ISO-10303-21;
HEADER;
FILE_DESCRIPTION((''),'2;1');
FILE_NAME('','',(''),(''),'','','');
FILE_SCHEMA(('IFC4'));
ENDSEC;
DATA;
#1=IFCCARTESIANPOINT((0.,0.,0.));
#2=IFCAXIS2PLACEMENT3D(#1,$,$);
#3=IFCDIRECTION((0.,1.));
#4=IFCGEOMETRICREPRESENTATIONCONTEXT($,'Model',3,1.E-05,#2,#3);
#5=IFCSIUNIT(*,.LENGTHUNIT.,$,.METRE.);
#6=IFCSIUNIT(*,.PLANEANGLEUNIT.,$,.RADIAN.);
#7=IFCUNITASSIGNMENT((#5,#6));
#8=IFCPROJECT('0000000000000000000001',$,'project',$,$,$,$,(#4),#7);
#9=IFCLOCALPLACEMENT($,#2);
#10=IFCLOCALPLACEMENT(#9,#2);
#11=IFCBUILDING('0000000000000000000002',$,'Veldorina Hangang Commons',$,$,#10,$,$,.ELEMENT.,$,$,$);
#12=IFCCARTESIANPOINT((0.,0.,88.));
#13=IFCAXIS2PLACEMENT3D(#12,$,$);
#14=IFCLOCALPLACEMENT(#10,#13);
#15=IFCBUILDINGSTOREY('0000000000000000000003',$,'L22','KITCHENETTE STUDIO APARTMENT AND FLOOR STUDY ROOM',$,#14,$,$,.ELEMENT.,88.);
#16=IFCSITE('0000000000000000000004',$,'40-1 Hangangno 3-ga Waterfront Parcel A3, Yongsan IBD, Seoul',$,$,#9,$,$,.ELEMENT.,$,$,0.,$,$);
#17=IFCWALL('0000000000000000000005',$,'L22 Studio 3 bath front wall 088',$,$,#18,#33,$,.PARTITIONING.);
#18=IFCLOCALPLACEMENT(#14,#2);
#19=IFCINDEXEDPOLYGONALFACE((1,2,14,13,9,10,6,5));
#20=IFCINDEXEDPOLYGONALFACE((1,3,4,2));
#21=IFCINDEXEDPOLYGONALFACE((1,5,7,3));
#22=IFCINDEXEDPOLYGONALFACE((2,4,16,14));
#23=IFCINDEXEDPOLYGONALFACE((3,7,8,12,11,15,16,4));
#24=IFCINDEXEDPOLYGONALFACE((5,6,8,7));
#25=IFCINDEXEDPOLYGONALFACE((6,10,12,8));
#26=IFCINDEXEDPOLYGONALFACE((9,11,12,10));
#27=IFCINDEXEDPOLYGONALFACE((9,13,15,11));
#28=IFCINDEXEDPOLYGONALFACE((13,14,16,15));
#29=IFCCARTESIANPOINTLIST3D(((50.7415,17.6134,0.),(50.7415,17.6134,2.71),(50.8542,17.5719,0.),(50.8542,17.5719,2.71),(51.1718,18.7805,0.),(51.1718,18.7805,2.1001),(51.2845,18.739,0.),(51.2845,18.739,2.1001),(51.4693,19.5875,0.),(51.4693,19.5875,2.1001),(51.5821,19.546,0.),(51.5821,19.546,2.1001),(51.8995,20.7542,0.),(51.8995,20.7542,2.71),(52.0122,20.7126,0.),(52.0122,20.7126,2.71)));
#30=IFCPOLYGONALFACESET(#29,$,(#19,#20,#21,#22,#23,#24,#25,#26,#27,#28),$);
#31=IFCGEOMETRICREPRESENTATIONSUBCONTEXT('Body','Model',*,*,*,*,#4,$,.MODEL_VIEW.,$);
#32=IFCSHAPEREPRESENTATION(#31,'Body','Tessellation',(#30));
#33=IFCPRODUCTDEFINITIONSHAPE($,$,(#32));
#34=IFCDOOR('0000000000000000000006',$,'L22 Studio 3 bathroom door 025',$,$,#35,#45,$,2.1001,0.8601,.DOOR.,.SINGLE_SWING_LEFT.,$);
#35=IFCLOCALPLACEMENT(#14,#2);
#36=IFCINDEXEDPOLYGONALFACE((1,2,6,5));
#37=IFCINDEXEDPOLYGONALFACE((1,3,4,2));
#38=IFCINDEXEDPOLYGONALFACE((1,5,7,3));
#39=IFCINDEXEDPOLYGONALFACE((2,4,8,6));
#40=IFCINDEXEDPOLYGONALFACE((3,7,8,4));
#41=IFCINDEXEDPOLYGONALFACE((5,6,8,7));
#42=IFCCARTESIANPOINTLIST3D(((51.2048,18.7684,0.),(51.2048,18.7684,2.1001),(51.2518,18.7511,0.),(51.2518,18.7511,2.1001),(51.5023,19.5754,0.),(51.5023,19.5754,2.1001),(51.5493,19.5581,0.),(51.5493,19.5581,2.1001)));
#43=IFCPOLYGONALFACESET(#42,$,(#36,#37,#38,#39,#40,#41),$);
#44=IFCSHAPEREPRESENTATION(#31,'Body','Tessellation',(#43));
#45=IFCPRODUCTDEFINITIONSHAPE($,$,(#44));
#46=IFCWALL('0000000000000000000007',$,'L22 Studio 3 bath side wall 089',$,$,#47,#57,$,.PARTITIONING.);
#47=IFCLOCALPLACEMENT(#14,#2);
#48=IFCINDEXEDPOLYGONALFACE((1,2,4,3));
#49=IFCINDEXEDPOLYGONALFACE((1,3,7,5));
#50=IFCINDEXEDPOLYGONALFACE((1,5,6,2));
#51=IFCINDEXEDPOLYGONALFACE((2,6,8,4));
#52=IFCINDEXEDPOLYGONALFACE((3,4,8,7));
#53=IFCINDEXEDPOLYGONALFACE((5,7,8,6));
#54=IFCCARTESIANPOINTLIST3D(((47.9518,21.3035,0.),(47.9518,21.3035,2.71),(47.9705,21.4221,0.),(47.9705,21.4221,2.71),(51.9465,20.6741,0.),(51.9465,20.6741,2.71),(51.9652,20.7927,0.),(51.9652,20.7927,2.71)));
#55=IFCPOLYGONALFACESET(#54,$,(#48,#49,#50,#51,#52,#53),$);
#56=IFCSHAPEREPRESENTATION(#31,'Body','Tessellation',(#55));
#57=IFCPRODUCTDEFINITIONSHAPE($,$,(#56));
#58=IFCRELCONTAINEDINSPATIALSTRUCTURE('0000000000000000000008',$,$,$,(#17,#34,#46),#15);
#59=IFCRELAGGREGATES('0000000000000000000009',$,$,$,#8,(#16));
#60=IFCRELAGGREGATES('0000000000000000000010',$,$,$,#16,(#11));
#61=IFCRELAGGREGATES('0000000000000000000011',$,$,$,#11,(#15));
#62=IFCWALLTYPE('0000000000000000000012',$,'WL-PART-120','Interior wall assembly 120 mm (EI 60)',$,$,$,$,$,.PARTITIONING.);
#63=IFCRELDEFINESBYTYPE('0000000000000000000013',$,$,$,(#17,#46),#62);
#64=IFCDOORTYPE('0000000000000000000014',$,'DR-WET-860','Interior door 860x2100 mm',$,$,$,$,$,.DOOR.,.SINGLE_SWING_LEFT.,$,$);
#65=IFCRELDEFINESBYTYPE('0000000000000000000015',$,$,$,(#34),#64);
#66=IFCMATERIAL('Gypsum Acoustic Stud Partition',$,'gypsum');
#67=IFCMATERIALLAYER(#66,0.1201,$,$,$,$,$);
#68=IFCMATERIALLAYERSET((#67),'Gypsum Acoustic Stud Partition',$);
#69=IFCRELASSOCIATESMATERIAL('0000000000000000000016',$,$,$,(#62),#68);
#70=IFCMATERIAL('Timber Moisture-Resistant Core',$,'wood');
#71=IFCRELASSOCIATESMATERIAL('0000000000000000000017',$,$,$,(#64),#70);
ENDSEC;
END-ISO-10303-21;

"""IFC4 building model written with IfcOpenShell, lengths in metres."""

from ifc_helpers import new_model, si_unit, direction, frame, frame_2d, origin, place, context, subcontext, project, spatial, rectangle, extrude, material, layer, layer_set, type_object, element, fill, save


model = new_model("IFC4")

# Units and contexts
model_context = context("Model", 3, precision=1e-05, world=origin(), true_north=direction((0.0, 1.0)))
body_context = subcontext(model_context, "Body", "Model", "MODEL_VIEW")
ifc_project = project(units=[si_unit("LENGTHUNIT", "METRE"), si_unit("PLANEANGLEUNIT", "RADIAN")], contexts=[model_context])

# Site, building, storey
site_placement = place(None, origin())
site = spatial("IfcSite", under=ifc_project, at=site_placement, Name="40-1 Hangangno 3-ga Waterfront Parcel A3, Yongsan IBD, Seoul", CompositionType="ELEMENT", RefElevation=0.0)
building_placement = place(site_placement, origin())
building = spatial("IfcBuilding", under=site, at=building_placement, Name="Veldorina Hangang Commons", CompositionType="ELEMENT")
storey_placement = place(building_placement, frame((0.0, 0.0, 88.0)))
storey = spatial("IfcBuildingStorey", under=building, at=storey_placement, Name="L22", Description="KITCHENETTE STUDIO APARTMENT AND FLOOR STUDY ROOM", CompositionType="ELEMENT", Elevation=88.0)

# Shared definitions
ifc_material_1 = material(Name="Gypsum Acoustic Stud Partition", Category="gypsum")
ifc_layer_1 = layer(ifc_material_1, 0.1201)
ifc_layer_set_1 = layer_set([ifc_layer_1], Name="Gypsum Acoustic Stud Partition")
wall_type_1 = type_object("IfcWallType", Name="WL-PART-120", Description="Interior wall assembly 120 mm (EI 60)", PredefinedType="PARTITIONING", material=ifc_layer_set_1)
ifc_material_2 = material(Name="Timber Moisture-Resistant Core", Category="wood")
door_type_1 = type_object("IfcDoorType", Name="DR-WET-860", Description="Interior door 860x2100 mm", OperationType="SINGLE_SWING_LEFT", PredefinedType="DOOR", material=ifc_material_2)

# Wall, opening, door
wall_1_placement = place(storey_placement, frame((50.7979, 17.5925, 0.0), z_axis=(0.0, 0.0, 1.0), x_axis=(0.345915, 0.938266, 0.0)))
wall_1 = element("IfcWall", 1, at=wall_1_placement, inside=storey, type_object=wall_type_1, Name="L22 Studio 3 bath front wall 088", PredefinedType="PARTITIONING", context=body_context, shape_type="SweptSolid", body=[
    extrude(rectangle(XDim=3.3474, YDim=0.1201, at=frame_2d((1.6738, 0.0))), origin(), (0.0, 0.0, 1.0), 2.71),
])
opening_1_placement = place(wall_1_placement, frame((1.2439, 0.0, 0.0)))
opening_1 = element("IfcOpeningElement", 2, at=opening_1_placement, cuts=wall_1, PredefinedType="OPENING", context=body_context, shape_type="SweptSolid", body=[
    extrude(rectangle(XDim=0.8601, YDim=2.1001, at=frame_2d((0.4302, 1.05))), frame((0.0, 0.0701, 0.0), z_axis=(0.0, -1.0, 0.0), x_axis=(1.0, 0.0, 0.0)), (0.0, 0.0, 1.0), 0.1401),
])
door_1_placement = place(opening_1_placement, origin())
door_1 = element("IfcDoor", 3, at=door_1_placement, inside=storey, type_object=door_type_1, Name="L22 Studio 3 bathroom door 025", OperationType="SINGLE_SWING_LEFT", OverallHeight=2.1001, OverallWidth=0.8601, PredefinedType="DOOR", context=body_context, shape_type="SweptSolid", body=[
    extrude(rectangle(XDim=0.8601, YDim=2.1001, at=frame_2d((0.4302, 1.05))), frame((0.0, 0.0249, 0.0), z_axis=(0.0, -1.0, 0.0), x_axis=(1.0, 0.0, 0.0)), (0.0, 0.0, 1.0), 0.05),
])
fill(opening_1, door_1)

# Wall
wall_2_placement = place(storey_placement, frame((47.9612, 21.3628, 0.0), z_axis=(0.0, 0.0, 1.0), x_axis=(0.987814, -0.15564, 0.0)))
element("IfcWall", 4, at=wall_2_placement, inside=storey, type_object=wall_type_1, Name="L22 Studio 3 bath side wall 089", PredefinedType="PARTITIONING", context=body_context, shape_type="SweptSolid", body=[
    extrude(rectangle(XDim=4.0439, YDim=0.1201, at=frame_2d((2.022, 0.0))), origin(), (0.0, 0.0, 1.0), 2.71),
])

save(model, "model.ifc")
